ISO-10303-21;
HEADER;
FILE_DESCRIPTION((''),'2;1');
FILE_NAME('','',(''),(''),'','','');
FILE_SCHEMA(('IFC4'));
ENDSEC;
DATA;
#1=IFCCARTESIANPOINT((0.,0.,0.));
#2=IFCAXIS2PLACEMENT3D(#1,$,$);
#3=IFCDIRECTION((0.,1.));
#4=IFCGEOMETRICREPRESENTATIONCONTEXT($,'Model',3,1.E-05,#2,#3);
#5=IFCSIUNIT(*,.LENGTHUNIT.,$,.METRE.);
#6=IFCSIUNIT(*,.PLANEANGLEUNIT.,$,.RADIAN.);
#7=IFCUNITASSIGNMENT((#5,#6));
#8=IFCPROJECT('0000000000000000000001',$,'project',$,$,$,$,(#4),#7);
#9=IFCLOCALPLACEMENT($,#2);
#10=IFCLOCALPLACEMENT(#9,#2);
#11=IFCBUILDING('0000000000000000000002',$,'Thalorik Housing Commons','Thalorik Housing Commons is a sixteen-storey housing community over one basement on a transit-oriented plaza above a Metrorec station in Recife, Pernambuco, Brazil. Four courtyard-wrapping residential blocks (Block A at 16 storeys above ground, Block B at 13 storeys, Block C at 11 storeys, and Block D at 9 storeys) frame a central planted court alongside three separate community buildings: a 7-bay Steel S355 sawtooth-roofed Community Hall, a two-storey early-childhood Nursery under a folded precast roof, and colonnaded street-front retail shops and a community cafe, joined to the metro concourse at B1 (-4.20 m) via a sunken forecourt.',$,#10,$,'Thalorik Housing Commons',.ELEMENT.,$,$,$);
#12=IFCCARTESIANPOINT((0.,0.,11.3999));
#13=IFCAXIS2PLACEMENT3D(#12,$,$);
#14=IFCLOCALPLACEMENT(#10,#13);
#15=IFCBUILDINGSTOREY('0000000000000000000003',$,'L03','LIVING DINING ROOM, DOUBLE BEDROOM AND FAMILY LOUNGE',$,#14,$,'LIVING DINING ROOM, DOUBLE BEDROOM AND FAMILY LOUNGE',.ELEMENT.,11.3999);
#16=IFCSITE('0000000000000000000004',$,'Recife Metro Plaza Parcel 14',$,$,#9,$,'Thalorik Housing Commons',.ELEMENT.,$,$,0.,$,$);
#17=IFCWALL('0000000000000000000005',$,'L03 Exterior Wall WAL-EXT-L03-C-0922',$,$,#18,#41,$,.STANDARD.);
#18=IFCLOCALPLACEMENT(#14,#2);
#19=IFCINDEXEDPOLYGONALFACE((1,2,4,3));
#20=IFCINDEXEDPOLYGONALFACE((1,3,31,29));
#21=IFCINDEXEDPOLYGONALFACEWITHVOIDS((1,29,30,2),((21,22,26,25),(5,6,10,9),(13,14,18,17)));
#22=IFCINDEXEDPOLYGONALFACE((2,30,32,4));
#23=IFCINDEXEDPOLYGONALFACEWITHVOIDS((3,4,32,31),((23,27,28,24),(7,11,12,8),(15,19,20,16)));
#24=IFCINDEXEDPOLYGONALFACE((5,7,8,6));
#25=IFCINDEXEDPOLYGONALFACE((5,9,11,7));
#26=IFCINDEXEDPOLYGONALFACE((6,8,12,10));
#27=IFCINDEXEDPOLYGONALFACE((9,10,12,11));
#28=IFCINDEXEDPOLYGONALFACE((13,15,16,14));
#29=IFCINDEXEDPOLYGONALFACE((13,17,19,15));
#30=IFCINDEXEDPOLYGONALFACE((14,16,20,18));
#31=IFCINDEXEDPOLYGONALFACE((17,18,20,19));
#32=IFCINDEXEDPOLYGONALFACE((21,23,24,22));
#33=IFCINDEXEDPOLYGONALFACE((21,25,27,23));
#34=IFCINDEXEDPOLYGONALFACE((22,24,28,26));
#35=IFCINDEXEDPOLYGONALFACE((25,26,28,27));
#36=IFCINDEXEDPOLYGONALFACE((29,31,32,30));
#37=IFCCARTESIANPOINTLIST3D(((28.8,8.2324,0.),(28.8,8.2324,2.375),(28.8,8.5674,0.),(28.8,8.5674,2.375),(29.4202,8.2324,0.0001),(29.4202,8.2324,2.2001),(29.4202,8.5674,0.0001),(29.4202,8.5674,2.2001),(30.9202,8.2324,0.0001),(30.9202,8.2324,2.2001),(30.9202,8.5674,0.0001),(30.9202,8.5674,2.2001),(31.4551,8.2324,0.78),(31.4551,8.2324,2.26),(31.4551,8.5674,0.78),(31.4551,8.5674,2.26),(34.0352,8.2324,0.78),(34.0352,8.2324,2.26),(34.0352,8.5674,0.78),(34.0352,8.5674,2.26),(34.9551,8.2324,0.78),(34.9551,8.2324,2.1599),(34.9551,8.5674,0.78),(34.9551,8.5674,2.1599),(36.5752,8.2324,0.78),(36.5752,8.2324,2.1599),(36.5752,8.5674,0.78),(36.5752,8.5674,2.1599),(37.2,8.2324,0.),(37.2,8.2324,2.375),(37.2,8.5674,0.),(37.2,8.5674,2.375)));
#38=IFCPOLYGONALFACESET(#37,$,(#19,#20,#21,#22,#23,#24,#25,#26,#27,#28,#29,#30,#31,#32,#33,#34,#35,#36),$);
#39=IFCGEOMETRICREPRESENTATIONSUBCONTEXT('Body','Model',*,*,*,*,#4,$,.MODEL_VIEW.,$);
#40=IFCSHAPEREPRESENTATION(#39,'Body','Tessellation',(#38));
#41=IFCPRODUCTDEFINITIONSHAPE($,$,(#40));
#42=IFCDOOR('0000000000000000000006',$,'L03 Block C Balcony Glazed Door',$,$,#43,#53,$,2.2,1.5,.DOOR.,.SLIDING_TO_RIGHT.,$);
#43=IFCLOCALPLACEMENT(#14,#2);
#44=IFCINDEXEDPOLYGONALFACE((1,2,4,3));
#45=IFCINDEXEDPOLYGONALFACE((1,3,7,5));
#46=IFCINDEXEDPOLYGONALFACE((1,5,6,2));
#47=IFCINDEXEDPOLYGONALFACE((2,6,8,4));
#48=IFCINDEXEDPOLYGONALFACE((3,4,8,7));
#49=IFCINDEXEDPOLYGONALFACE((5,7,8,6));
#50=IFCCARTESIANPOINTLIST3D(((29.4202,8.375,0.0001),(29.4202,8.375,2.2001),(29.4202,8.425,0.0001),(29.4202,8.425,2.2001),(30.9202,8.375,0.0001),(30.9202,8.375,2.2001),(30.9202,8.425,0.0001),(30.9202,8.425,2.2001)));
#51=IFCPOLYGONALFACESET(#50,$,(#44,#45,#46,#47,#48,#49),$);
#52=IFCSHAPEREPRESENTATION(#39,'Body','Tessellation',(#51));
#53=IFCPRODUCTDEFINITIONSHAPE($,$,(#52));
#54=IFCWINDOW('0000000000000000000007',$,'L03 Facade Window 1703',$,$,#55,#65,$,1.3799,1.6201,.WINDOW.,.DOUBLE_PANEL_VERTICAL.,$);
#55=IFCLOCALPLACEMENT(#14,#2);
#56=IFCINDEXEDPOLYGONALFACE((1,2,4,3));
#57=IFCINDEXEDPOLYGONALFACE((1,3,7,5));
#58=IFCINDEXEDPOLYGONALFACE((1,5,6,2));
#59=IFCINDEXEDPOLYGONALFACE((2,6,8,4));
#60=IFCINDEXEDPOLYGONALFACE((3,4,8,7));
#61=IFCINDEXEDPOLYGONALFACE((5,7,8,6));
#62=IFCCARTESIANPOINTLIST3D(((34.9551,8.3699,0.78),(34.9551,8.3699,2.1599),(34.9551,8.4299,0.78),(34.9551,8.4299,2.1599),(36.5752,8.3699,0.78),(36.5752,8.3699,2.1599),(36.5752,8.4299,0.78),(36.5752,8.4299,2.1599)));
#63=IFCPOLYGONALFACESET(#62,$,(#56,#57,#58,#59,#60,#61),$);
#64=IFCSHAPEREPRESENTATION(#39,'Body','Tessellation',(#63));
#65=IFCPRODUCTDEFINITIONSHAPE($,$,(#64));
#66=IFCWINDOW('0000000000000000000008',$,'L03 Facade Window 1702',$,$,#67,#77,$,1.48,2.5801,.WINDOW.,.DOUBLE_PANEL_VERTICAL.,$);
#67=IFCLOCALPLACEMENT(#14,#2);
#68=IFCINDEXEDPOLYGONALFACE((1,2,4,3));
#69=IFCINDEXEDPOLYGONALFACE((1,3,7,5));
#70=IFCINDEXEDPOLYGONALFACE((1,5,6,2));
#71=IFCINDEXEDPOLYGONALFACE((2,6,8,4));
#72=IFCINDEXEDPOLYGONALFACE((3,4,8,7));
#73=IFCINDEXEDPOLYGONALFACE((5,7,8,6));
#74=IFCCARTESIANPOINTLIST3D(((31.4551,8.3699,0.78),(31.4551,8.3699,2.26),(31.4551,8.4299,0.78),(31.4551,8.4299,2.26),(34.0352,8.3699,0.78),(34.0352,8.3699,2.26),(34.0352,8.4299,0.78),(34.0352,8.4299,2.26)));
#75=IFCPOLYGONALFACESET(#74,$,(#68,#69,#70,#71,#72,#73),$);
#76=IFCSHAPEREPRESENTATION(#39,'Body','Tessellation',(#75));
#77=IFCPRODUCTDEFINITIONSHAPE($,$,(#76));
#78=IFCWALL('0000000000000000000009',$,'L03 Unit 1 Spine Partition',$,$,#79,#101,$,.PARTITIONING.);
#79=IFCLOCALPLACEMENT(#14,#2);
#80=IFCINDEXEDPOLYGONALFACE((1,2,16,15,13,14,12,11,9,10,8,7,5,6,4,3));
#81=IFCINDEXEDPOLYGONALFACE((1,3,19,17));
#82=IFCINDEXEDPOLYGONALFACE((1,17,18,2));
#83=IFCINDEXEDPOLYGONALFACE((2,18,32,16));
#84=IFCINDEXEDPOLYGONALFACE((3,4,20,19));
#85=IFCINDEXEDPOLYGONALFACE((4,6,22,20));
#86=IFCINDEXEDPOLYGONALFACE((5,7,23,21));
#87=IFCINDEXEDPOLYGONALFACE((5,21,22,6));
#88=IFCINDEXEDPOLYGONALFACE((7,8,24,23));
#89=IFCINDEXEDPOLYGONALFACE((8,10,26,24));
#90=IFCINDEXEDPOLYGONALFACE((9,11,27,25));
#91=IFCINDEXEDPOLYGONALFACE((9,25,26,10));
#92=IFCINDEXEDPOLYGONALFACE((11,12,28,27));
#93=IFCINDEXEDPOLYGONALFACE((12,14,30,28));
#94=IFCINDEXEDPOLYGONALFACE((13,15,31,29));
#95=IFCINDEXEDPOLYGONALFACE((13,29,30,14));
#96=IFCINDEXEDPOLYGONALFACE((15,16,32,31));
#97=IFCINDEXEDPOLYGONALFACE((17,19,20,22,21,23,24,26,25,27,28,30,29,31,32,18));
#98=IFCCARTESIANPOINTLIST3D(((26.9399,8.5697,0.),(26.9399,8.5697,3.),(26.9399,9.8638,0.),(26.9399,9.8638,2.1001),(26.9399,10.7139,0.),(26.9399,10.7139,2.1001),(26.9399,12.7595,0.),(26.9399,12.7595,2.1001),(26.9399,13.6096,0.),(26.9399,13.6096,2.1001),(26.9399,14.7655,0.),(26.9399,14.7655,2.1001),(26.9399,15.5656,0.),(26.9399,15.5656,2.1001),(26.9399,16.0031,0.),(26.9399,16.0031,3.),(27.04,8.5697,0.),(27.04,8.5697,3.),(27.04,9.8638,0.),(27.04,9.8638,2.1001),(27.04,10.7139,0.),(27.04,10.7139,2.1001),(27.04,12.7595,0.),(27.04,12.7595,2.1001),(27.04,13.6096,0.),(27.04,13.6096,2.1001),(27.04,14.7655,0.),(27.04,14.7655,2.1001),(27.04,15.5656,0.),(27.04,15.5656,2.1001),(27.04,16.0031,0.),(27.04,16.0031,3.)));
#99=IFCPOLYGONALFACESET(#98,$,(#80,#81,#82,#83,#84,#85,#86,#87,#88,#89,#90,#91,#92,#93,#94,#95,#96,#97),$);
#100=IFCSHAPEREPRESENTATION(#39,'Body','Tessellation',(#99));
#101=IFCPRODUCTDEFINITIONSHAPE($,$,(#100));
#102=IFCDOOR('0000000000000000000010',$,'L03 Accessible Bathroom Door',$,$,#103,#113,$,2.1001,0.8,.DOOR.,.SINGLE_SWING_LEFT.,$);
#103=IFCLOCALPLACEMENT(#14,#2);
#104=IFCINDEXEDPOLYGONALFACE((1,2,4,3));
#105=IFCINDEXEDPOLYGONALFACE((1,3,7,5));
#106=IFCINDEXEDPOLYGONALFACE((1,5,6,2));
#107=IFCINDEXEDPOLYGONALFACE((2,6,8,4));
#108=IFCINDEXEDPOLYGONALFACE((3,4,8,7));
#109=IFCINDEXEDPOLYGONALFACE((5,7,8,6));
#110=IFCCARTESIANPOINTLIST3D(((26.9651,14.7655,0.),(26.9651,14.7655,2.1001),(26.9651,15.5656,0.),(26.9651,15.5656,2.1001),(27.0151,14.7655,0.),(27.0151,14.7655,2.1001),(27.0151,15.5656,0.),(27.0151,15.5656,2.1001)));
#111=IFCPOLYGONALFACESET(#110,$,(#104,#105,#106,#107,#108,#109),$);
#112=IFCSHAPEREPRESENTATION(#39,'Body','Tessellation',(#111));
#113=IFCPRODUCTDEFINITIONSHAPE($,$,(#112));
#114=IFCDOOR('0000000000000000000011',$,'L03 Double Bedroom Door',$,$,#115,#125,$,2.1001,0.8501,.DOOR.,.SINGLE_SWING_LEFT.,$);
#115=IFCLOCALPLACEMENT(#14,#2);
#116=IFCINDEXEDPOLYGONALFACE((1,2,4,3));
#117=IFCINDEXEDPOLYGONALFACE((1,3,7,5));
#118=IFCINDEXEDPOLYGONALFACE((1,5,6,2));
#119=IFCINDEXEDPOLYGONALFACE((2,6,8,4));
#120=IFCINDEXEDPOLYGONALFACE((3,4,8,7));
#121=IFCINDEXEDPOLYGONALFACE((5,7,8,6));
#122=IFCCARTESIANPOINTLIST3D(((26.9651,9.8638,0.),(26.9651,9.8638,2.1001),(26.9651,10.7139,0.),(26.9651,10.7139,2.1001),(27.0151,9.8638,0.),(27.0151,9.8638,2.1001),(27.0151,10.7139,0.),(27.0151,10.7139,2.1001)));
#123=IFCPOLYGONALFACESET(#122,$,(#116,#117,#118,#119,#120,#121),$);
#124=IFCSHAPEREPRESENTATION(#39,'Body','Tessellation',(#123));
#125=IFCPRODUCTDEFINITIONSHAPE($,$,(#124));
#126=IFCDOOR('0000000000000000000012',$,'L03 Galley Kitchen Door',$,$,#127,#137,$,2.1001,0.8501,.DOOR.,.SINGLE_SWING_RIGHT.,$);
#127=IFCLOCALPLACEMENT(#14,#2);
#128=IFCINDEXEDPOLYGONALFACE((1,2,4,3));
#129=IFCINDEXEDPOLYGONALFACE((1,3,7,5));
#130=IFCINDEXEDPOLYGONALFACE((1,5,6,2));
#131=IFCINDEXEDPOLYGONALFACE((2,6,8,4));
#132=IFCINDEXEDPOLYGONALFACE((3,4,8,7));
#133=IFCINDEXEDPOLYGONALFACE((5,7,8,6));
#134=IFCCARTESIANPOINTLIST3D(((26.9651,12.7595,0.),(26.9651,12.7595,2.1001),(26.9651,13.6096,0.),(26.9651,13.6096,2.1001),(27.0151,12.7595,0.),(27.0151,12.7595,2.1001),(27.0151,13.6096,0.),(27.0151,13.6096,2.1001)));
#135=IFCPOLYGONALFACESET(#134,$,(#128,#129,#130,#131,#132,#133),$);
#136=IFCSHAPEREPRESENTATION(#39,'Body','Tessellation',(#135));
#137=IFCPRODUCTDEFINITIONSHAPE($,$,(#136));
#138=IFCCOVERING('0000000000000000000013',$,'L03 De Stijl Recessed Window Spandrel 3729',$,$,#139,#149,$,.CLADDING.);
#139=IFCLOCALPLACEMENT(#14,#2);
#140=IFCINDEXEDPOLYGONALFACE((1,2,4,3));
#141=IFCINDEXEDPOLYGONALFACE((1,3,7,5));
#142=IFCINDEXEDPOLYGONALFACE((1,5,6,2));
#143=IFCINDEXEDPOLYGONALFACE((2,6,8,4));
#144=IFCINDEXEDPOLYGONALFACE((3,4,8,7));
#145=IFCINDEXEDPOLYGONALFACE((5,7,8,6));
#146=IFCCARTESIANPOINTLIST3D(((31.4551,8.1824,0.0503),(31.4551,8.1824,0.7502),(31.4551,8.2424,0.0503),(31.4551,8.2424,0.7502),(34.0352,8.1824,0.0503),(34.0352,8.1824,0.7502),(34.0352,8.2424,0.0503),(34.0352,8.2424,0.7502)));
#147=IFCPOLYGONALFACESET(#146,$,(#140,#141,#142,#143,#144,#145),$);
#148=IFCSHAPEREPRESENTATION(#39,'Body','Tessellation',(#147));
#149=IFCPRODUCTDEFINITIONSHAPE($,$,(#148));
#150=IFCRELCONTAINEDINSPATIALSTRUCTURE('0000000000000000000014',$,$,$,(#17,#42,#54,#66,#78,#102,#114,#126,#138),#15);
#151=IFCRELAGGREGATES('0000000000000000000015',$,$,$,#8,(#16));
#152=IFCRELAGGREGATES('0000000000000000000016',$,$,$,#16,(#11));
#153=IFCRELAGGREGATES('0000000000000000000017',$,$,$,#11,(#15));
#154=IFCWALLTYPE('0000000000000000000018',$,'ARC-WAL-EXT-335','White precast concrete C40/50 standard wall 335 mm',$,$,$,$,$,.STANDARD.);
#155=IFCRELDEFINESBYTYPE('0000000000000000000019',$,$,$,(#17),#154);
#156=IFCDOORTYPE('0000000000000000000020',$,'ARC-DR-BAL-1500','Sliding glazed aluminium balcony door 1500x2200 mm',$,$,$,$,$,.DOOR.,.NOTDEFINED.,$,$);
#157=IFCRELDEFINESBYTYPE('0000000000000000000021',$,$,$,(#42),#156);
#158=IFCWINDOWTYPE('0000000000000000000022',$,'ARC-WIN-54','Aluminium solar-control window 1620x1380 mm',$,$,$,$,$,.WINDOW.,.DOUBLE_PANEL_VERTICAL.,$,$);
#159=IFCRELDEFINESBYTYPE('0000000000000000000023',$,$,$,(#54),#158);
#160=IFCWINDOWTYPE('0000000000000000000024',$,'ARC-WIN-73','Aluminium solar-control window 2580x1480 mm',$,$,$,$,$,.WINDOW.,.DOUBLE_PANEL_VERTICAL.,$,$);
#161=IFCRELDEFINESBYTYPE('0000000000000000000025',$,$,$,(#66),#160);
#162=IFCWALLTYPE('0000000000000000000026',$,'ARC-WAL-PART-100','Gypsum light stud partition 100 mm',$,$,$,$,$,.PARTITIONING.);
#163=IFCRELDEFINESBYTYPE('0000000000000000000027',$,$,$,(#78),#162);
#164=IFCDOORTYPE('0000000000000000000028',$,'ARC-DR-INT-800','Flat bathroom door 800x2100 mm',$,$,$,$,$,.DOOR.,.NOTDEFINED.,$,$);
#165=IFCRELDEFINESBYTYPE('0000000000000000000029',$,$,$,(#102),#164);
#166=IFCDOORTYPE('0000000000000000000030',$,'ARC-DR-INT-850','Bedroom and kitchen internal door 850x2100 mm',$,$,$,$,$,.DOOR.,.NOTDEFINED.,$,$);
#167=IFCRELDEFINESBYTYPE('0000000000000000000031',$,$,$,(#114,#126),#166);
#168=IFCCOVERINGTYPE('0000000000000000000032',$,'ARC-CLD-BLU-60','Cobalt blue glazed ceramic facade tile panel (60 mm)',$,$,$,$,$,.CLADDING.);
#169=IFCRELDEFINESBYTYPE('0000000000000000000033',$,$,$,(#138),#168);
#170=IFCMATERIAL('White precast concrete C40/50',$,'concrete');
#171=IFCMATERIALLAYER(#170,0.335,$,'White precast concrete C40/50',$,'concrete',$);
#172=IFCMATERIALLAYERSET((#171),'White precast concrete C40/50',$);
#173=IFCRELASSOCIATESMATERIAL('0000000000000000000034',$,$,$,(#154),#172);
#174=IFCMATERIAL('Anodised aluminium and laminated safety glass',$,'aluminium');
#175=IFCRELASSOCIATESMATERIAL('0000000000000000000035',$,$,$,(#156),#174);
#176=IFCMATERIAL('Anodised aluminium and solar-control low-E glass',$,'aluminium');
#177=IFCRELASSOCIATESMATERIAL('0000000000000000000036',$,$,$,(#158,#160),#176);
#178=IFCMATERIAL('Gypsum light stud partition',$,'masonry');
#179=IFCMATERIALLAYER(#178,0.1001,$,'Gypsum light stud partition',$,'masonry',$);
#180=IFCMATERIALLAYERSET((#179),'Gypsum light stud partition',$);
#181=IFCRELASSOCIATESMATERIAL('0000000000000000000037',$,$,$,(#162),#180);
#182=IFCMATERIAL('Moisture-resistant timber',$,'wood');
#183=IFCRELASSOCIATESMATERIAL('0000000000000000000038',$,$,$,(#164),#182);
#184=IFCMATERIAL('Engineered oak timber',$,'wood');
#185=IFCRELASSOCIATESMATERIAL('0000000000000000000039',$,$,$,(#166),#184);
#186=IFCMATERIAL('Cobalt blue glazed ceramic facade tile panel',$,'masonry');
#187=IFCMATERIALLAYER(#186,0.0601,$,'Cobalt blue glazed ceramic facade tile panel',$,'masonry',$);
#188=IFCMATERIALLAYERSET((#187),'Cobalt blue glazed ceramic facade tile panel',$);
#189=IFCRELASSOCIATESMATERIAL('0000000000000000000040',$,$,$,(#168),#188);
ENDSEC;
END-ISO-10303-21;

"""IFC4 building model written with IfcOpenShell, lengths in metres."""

from ifc_helpers import new_model, si_unit, direction, frame, frame_2d, origin, origin_2d, place, context, subcontext, project, spatial, rectangle, extrude, material, layer, layer_set, type_object, element, fill, save


model = new_model("IFC4")

# Units and contexts
model_context = context("Model", 3, precision=1e-05, world=origin(), true_north=direction((0.0, 1.0)))
body_context = subcontext(model_context, "Body", "Model", "MODEL_VIEW")
ifc_project = project(units=[si_unit("LENGTHUNIT", "METRE"), si_unit("PLANEANGLEUNIT", "RADIAN")], contexts=[model_context])

# Site, building, storey
site_placement = place(None, origin())
site = spatial("IfcSite", under=ifc_project, at=site_placement, Name="Recife Metro Plaza Parcel 14", LongName="Thalorik Housing Commons", CompositionType="ELEMENT", RefElevation=0.0)
building_placement = place(site_placement, origin())
building = spatial("IfcBuilding", under=site, at=building_placement, Name="Thalorik Housing Commons", Description="Thalorik Housing Commons is a sixteen-storey housing community over one basement on a transit-oriented plaza above a Metrorec station in Recife, Pernambuco, Brazil. Four courtyard-wrapping residential blocks (Block A at 16 storeys above ground, Block B at 13 storeys, Block C at 11 storeys, and Block D at 9 storeys) frame a central planted court alongside three separate community buildings: a 7-bay Steel S355 sawtooth-roofed Community Hall, a two-storey early-childhood Nursery under a folded precast roof, and colonnaded street-front retail shops and a community cafe, joined to the metro concourse at B1 (-4.20 m) via a sunken forecourt.", LongName="Thalorik Housing Commons", CompositionType="ELEMENT")
storey_placement = place(building_placement, frame((0.0, 0.0, 11.3999)))
storey = spatial("IfcBuildingStorey", under=building, at=storey_placement, Name="L03", Description="LIVING DINING ROOM, DOUBLE BEDROOM AND FAMILY LOUNGE", LongName="LIVING DINING ROOM, DOUBLE BEDROOM AND FAMILY LOUNGE", CompositionType="ELEMENT", Elevation=11.3999)

# Wall, openings, door, windows
ifc_material_1 = material(Name="White precast concrete C40/50", Category="concrete")
ifc_layer_1 = layer(ifc_material_1, 0.335, Name="White precast concrete C40/50", Category="concrete")
ifc_layer_set_1 = layer_set([ifc_layer_1], Name="White precast concrete C40/50")
wall_type_1 = type_object("IfcWallType", Name="ARC-WAL-EXT-335", Description="White precast concrete C40/50 standard wall 335 mm", PredefinedType="STANDARD", material=ifc_layer_set_1)
ifc_material_2 = material(Name="Anodised aluminium and laminated safety glass", Category="aluminium")
ifc_material_3 = material(Name="Anodised aluminium and solar-control low-E glass", Category="aluminium")
wall_1_placement = place(storey_placement, frame((28.8, 8.3999, 0.0), z_axis=(0.0, 0.0, 1.0), x_axis=(1.0, 0.0, 0.0)))
wall_1 = element("IfcWall", 1, at=wall_1_placement, inside=storey, type_object=wall_type_1, Name="L03 Exterior Wall WAL-EXT-L03-C-0922", PredefinedType="STANDARD", context=body_context, shape_type="SweptSolid", body=[
    extrude(rectangle(XDim=8.3999, YDim=0.335, at=frame_2d((4.2, 0.0))), origin(), (0.0, 0.0, 1.0), 2.375),
])
opening_1_placement = place(wall_1_placement, frame((0.6201, 0.0, 0.0)))
opening_1 = element("IfcOpeningElement", 2, at=opening_1_placement, cuts=wall_1, PredefinedType="OPENING", context=body_context, shape_type="SweptSolid", body=[
    extrude(rectangle(XDim=1.5, YDim=2.2, at=frame_2d((0.75, 1.1001))), frame((0.0, 0.1775, 0.0), z_axis=(0.0, -1.0, 0.0), x_axis=(1.0, 0.0, 0.0)), (0.0, 0.0, 1.0), 0.355),
])
opening_2_placement = place(wall_1_placement, frame((2.655, 0.0, 0.78)))
opening_2 = element("IfcOpeningElement", 3, at=opening_2_placement, cuts=wall_1, PredefinedType="OPENING", context=body_context, shape_type="SweptSolid", body=[
    extrude(rectangle(XDim=2.5801, YDim=1.48, at=frame_2d((1.29, 0.74))), frame((0.0, 0.1775, 0.0), z_axis=(0.0, -1.0, 0.0), x_axis=(1.0, 0.0, 0.0)), (0.0, 0.0, 1.0), 0.355),
])
opening_3_placement = place(wall_1_placement, frame((6.155, 0.0, 0.78)))
opening_3 = element("IfcOpeningElement", 4, at=opening_3_placement, cuts=wall_1, PredefinedType="OPENING", context=body_context, shape_type="SweptSolid", body=[
    extrude(rectangle(XDim=1.6201, YDim=1.3799, at=frame_2d((0.8101, 0.6899))), frame((0.0, 0.1775, 0.0), z_axis=(0.0, -1.0, 0.0), x_axis=(1.0, 0.0, 0.0)), (0.0, 0.0, 1.0), 0.355),
])
door_type_1 = type_object("IfcDoorType", Name="ARC-DR-BAL-1500", Description="Sliding glazed aluminium balcony door 1500x2200 mm", OperationType="NOTDEFINED", PredefinedType="DOOR", material=ifc_material_2)
door_1_placement = place(opening_1_placement, frame((1.5, 0.0, 0.0), z_axis=(0.0, 0.0, 1.0), x_axis=(-1.0, 0.0, 0.0)))
door_1 = element("IfcDoor", 5, at=door_1_placement, inside=storey, type_object=door_type_1, Name="L03 Block C Balcony Glazed Door", OperationType="SLIDING_TO_RIGHT", OverallHeight=2.2, OverallWidth=1.5, PredefinedType="DOOR", context=body_context, shape_type="SweptSolid", body=[
    extrude(rectangle(XDim=1.5, YDim=2.2, at=frame_2d((0.75, 1.1001))), frame((0.0, 0.0249, 0.0), z_axis=(0.0, -1.0, 0.0), x_axis=(1.0, 0.0, 0.0)), (0.0, 0.0, 1.0), 0.05),
])
fill(opening_1, door_1)
window_type_1 = type_object("IfcWindowType", Name="ARC-WIN-54", Description="Aluminium solar-control window 1620x1380 mm", PartitioningType="DOUBLE_PANEL_VERTICAL", PredefinedType="WINDOW", material=ifc_material_3)
window_1_placement = place(opening_3_placement, origin())
window_1 = element("IfcWindow", 6, at=window_1_placement, inside=storey, type_object=window_type_1, Name="L03 Facade Window 1703", OverallHeight=1.3799, OverallWidth=1.6201, PartitioningType="DOUBLE_PANEL_VERTICAL", PredefinedType="WINDOW", context=body_context, shape_type="SweptSolid", body=[
    extrude(rectangle(XDim=1.6201, YDim=1.3799, at=frame_2d((0.8101, 0.6899))), frame((0.0, 0.03, 0.0), z_axis=(0.0, -1.0, 0.0), x_axis=(1.0, 0.0, 0.0)), (0.0, 0.0, 1.0), 0.0601),
])
fill(opening_3, window_1)
window_type_2 = type_object("IfcWindowType", Name="ARC-WIN-73", Description="Aluminium solar-control window 2580x1480 mm", PartitioningType="DOUBLE_PANEL_VERTICAL", PredefinedType="WINDOW", material=ifc_material_3)
window_2_placement = place(opening_2_placement, origin())
window_2 = element("IfcWindow", 7, at=window_2_placement, inside=storey, type_object=window_type_2, Name="L03 Facade Window 1702", OverallHeight=1.48, OverallWidth=2.5801, PartitioningType="DOUBLE_PANEL_VERTICAL", PredefinedType="WINDOW", context=body_context, shape_type="SweptSolid", body=[
    extrude(rectangle(XDim=2.5801, YDim=1.48, at=frame_2d((1.29, 0.74))), frame((0.0, 0.03, 0.0), z_axis=(0.0, -1.0, 0.0), x_axis=(1.0, 0.0, 0.0)), (0.0, 0.0, 1.0), 0.0601),
])
fill(opening_2, window_2)

# Wall, openings, doors
ifc_material_4 = material(Name="Gypsum light stud partition", Category="masonry")
ifc_layer_2 = layer(ifc_material_4, 0.1001, Name="Gypsum light stud partition", Category="masonry")
ifc_layer_set_2 = layer_set([ifc_layer_2], Name="Gypsum light stud partition")
wall_type_2 = type_object("IfcWallType", Name="ARC-WAL-PART-100", Description="Gypsum light stud partition 100 mm", PredefinedType="PARTITIONING", material=ifc_layer_set_2)
wall_2_placement = place(storey_placement, frame((26.99, 8.5696, 0.0), z_axis=(0.0, 0.0, 1.0), x_axis=(0.0, 1.0, 0.0)))
wall_2 = element("IfcWall", 8, at=wall_2_placement, inside=storey, type_object=wall_type_2, Name="L03 Unit 1 Spine Partition", PredefinedType="PARTITIONING", context=body_context, shape_type="SweptSolid", body=[
    extrude(rectangle(XDim=7.4333, YDim=0.1001, at=frame_2d((3.7168, 0.0))), origin(), (0.0, 0.0, 1.0), 3.0),
])
opening_4_placement = place(wall_2_placement, frame((1.2942, 0.0, 0.0)))
opening_4 = element("IfcOpeningElement", 9, at=opening_4_placement, cuts=wall_2, PredefinedType="OPENING", context=body_context, shape_type="SweptSolid", body=[
    extrude(rectangle(XDim=0.8501, YDim=2.1001, at=frame_2d((0.425, 1.05))), frame((0.0, 0.0601, 0.0), z_axis=(0.0, -1.0, 0.0), x_axis=(1.0, 0.0, 0.0)), (0.0, 0.0, 1.0), 0.1201),
])
opening_5_placement = place(wall_2_placement, frame((4.1899, 0.0, 0.0)))
opening_5 = element("IfcOpeningElement", 10, at=opening_5_placement, cuts=wall_2, PredefinedType="OPENING", context=body_context, shape_type="SweptSolid", body=[
    extrude(rectangle(XDim=0.8501, YDim=2.1001, at=frame_2d((0.425, 1.05))), frame((0.0, 0.0601, 0.0), z_axis=(0.0, -1.0, 0.0), x_axis=(1.0, 0.0, 0.0)), (0.0, 0.0, 1.0), 0.1201),
])
opening_6_placement = place(wall_2_placement, frame((6.196, 0.0, 0.0)))
opening_6 = element("IfcOpeningElement", 11, at=opening_6_placement, cuts=wall_2, PredefinedType="OPENING", context=body_context, shape_type="SweptSolid", body=[
    extrude(rectangle(XDim=0.8, YDim=2.1001, at=frame_2d((0.3999, 1.05))), frame((0.0, 0.0601, 0.0), z_axis=(0.0, -1.0, 0.0), x_axis=(1.0, 0.0, 0.0)), (0.0, 0.0, 1.0), 0.1201),
])
ifc_material_5 = material(Name="Moisture-resistant timber", Category="wood")
door_type_2 = type_object("IfcDoorType", Name="ARC-DR-INT-800", Description="Flat bathroom door 800x2100 mm", OperationType="NOTDEFINED", PredefinedType="DOOR", material=ifc_material_5)
door_2_placement = place(opening_6_placement, origin())
door_2 = element("IfcDoor", 12, at=door_2_placement, inside=storey, type_object=door_type_2, Name="L03 Accessible Bathroom Door", OperationType="SINGLE_SWING_LEFT", OverallHeight=2.1001, OverallWidth=0.8, PredefinedType="DOOR", context=body_context, shape_type="SweptSolid", body=[
    extrude(rectangle(XDim=0.8, YDim=2.1001, at=frame_2d((0.3999, 1.05))), frame((0.0, 0.0249, 0.0), z_axis=(0.0, -1.0, 0.0), x_axis=(1.0, 0.0, 0.0)), (0.0, 0.0, 1.0), 0.05),
])
fill(opening_6, door_2)
ifc_material_6 = material(Name="Engineered oak timber", Category="wood")
door_type_3 = type_object("IfcDoorType", Name="ARC-DR-INT-850", Description="Bedroom and kitchen internal door 850x2100 mm", OperationType="NOTDEFINED", PredefinedType="DOOR", material=ifc_material_6)
door_3_placement = place(opening_4_placement, origin())
door_3 = element("IfcDoor", 13, at=door_3_placement, inside=storey, type_object=door_type_3, Name="L03 Double Bedroom Door", OperationType="SINGLE_SWING_LEFT", OverallHeight=2.1001, OverallWidth=0.8501, PredefinedType="DOOR", context=body_context, shape_type="SweptSolid", body=[
    extrude(rectangle(XDim=0.8501, YDim=2.1001, at=frame_2d((0.425, 1.05))), frame((0.0, 0.0249, 0.0), z_axis=(0.0, -1.0, 0.0), x_axis=(1.0, 0.0, 0.0)), (0.0, 0.0, 1.0), 0.05),
])
fill(opening_4, door_3)
door_4_placement = place(opening_5_placement, origin())
door_4 = element("IfcDoor", 14, at=door_4_placement, inside=storey, type_object=door_type_3, Name="L03 Galley Kitchen Door", OperationType="SINGLE_SWING_RIGHT", OverallHeight=2.1001, OverallWidth=0.8501, PredefinedType="DOOR", context=body_context, shape_type="SweptSolid", body=[
    extrude(rectangle(XDim=0.8501, YDim=2.1001, at=frame_2d((0.425, 1.05))), frame((0.0, 0.0249, 0.0), z_axis=(0.0, -1.0, 0.0), x_axis=(1.0, 0.0, 0.0)), (0.0, 0.0, 1.0), 0.05),
])
fill(opening_5, door_4)

# Covering
ifc_material_7 = material(Name="Cobalt blue glazed ceramic facade tile panel", Category="masonry")
ifc_layer_3 = layer(ifc_material_7, 0.0601, Name="Cobalt blue glazed ceramic facade tile panel", Category="masonry")
ifc_layer_set_3 = layer_set([ifc_layer_3], Name="Cobalt blue glazed ceramic facade tile panel")
covering_type_1 = type_object("IfcCoveringType", Name="ARC-CLD-BLU-60", Description="Cobalt blue glazed ceramic facade tile panel (60 mm)", PredefinedType="CLADDING", material=ifc_layer_set_3)
covering_1_placement = place(storey_placement, frame((32.7451, 8.2124, 0.0503), z_axis=(0.0, 0.0, 1.0), x_axis=(1.0, 0.0, 0.0)))
element("IfcCovering", 15, at=covering_1_placement, inside=storey, type_object=covering_type_1, Name="L03 De Stijl Recessed Window Spandrel 3729", PredefinedType="CLADDING", context=body_context, shape_type="SweptSolid", body=[
    extrude(rectangle(XDim=2.5801, YDim=0.0601, at=origin_2d()), origin(), (0.0, 0.0, 1.0), 0.7),
])

save(model, "model.ifc")
